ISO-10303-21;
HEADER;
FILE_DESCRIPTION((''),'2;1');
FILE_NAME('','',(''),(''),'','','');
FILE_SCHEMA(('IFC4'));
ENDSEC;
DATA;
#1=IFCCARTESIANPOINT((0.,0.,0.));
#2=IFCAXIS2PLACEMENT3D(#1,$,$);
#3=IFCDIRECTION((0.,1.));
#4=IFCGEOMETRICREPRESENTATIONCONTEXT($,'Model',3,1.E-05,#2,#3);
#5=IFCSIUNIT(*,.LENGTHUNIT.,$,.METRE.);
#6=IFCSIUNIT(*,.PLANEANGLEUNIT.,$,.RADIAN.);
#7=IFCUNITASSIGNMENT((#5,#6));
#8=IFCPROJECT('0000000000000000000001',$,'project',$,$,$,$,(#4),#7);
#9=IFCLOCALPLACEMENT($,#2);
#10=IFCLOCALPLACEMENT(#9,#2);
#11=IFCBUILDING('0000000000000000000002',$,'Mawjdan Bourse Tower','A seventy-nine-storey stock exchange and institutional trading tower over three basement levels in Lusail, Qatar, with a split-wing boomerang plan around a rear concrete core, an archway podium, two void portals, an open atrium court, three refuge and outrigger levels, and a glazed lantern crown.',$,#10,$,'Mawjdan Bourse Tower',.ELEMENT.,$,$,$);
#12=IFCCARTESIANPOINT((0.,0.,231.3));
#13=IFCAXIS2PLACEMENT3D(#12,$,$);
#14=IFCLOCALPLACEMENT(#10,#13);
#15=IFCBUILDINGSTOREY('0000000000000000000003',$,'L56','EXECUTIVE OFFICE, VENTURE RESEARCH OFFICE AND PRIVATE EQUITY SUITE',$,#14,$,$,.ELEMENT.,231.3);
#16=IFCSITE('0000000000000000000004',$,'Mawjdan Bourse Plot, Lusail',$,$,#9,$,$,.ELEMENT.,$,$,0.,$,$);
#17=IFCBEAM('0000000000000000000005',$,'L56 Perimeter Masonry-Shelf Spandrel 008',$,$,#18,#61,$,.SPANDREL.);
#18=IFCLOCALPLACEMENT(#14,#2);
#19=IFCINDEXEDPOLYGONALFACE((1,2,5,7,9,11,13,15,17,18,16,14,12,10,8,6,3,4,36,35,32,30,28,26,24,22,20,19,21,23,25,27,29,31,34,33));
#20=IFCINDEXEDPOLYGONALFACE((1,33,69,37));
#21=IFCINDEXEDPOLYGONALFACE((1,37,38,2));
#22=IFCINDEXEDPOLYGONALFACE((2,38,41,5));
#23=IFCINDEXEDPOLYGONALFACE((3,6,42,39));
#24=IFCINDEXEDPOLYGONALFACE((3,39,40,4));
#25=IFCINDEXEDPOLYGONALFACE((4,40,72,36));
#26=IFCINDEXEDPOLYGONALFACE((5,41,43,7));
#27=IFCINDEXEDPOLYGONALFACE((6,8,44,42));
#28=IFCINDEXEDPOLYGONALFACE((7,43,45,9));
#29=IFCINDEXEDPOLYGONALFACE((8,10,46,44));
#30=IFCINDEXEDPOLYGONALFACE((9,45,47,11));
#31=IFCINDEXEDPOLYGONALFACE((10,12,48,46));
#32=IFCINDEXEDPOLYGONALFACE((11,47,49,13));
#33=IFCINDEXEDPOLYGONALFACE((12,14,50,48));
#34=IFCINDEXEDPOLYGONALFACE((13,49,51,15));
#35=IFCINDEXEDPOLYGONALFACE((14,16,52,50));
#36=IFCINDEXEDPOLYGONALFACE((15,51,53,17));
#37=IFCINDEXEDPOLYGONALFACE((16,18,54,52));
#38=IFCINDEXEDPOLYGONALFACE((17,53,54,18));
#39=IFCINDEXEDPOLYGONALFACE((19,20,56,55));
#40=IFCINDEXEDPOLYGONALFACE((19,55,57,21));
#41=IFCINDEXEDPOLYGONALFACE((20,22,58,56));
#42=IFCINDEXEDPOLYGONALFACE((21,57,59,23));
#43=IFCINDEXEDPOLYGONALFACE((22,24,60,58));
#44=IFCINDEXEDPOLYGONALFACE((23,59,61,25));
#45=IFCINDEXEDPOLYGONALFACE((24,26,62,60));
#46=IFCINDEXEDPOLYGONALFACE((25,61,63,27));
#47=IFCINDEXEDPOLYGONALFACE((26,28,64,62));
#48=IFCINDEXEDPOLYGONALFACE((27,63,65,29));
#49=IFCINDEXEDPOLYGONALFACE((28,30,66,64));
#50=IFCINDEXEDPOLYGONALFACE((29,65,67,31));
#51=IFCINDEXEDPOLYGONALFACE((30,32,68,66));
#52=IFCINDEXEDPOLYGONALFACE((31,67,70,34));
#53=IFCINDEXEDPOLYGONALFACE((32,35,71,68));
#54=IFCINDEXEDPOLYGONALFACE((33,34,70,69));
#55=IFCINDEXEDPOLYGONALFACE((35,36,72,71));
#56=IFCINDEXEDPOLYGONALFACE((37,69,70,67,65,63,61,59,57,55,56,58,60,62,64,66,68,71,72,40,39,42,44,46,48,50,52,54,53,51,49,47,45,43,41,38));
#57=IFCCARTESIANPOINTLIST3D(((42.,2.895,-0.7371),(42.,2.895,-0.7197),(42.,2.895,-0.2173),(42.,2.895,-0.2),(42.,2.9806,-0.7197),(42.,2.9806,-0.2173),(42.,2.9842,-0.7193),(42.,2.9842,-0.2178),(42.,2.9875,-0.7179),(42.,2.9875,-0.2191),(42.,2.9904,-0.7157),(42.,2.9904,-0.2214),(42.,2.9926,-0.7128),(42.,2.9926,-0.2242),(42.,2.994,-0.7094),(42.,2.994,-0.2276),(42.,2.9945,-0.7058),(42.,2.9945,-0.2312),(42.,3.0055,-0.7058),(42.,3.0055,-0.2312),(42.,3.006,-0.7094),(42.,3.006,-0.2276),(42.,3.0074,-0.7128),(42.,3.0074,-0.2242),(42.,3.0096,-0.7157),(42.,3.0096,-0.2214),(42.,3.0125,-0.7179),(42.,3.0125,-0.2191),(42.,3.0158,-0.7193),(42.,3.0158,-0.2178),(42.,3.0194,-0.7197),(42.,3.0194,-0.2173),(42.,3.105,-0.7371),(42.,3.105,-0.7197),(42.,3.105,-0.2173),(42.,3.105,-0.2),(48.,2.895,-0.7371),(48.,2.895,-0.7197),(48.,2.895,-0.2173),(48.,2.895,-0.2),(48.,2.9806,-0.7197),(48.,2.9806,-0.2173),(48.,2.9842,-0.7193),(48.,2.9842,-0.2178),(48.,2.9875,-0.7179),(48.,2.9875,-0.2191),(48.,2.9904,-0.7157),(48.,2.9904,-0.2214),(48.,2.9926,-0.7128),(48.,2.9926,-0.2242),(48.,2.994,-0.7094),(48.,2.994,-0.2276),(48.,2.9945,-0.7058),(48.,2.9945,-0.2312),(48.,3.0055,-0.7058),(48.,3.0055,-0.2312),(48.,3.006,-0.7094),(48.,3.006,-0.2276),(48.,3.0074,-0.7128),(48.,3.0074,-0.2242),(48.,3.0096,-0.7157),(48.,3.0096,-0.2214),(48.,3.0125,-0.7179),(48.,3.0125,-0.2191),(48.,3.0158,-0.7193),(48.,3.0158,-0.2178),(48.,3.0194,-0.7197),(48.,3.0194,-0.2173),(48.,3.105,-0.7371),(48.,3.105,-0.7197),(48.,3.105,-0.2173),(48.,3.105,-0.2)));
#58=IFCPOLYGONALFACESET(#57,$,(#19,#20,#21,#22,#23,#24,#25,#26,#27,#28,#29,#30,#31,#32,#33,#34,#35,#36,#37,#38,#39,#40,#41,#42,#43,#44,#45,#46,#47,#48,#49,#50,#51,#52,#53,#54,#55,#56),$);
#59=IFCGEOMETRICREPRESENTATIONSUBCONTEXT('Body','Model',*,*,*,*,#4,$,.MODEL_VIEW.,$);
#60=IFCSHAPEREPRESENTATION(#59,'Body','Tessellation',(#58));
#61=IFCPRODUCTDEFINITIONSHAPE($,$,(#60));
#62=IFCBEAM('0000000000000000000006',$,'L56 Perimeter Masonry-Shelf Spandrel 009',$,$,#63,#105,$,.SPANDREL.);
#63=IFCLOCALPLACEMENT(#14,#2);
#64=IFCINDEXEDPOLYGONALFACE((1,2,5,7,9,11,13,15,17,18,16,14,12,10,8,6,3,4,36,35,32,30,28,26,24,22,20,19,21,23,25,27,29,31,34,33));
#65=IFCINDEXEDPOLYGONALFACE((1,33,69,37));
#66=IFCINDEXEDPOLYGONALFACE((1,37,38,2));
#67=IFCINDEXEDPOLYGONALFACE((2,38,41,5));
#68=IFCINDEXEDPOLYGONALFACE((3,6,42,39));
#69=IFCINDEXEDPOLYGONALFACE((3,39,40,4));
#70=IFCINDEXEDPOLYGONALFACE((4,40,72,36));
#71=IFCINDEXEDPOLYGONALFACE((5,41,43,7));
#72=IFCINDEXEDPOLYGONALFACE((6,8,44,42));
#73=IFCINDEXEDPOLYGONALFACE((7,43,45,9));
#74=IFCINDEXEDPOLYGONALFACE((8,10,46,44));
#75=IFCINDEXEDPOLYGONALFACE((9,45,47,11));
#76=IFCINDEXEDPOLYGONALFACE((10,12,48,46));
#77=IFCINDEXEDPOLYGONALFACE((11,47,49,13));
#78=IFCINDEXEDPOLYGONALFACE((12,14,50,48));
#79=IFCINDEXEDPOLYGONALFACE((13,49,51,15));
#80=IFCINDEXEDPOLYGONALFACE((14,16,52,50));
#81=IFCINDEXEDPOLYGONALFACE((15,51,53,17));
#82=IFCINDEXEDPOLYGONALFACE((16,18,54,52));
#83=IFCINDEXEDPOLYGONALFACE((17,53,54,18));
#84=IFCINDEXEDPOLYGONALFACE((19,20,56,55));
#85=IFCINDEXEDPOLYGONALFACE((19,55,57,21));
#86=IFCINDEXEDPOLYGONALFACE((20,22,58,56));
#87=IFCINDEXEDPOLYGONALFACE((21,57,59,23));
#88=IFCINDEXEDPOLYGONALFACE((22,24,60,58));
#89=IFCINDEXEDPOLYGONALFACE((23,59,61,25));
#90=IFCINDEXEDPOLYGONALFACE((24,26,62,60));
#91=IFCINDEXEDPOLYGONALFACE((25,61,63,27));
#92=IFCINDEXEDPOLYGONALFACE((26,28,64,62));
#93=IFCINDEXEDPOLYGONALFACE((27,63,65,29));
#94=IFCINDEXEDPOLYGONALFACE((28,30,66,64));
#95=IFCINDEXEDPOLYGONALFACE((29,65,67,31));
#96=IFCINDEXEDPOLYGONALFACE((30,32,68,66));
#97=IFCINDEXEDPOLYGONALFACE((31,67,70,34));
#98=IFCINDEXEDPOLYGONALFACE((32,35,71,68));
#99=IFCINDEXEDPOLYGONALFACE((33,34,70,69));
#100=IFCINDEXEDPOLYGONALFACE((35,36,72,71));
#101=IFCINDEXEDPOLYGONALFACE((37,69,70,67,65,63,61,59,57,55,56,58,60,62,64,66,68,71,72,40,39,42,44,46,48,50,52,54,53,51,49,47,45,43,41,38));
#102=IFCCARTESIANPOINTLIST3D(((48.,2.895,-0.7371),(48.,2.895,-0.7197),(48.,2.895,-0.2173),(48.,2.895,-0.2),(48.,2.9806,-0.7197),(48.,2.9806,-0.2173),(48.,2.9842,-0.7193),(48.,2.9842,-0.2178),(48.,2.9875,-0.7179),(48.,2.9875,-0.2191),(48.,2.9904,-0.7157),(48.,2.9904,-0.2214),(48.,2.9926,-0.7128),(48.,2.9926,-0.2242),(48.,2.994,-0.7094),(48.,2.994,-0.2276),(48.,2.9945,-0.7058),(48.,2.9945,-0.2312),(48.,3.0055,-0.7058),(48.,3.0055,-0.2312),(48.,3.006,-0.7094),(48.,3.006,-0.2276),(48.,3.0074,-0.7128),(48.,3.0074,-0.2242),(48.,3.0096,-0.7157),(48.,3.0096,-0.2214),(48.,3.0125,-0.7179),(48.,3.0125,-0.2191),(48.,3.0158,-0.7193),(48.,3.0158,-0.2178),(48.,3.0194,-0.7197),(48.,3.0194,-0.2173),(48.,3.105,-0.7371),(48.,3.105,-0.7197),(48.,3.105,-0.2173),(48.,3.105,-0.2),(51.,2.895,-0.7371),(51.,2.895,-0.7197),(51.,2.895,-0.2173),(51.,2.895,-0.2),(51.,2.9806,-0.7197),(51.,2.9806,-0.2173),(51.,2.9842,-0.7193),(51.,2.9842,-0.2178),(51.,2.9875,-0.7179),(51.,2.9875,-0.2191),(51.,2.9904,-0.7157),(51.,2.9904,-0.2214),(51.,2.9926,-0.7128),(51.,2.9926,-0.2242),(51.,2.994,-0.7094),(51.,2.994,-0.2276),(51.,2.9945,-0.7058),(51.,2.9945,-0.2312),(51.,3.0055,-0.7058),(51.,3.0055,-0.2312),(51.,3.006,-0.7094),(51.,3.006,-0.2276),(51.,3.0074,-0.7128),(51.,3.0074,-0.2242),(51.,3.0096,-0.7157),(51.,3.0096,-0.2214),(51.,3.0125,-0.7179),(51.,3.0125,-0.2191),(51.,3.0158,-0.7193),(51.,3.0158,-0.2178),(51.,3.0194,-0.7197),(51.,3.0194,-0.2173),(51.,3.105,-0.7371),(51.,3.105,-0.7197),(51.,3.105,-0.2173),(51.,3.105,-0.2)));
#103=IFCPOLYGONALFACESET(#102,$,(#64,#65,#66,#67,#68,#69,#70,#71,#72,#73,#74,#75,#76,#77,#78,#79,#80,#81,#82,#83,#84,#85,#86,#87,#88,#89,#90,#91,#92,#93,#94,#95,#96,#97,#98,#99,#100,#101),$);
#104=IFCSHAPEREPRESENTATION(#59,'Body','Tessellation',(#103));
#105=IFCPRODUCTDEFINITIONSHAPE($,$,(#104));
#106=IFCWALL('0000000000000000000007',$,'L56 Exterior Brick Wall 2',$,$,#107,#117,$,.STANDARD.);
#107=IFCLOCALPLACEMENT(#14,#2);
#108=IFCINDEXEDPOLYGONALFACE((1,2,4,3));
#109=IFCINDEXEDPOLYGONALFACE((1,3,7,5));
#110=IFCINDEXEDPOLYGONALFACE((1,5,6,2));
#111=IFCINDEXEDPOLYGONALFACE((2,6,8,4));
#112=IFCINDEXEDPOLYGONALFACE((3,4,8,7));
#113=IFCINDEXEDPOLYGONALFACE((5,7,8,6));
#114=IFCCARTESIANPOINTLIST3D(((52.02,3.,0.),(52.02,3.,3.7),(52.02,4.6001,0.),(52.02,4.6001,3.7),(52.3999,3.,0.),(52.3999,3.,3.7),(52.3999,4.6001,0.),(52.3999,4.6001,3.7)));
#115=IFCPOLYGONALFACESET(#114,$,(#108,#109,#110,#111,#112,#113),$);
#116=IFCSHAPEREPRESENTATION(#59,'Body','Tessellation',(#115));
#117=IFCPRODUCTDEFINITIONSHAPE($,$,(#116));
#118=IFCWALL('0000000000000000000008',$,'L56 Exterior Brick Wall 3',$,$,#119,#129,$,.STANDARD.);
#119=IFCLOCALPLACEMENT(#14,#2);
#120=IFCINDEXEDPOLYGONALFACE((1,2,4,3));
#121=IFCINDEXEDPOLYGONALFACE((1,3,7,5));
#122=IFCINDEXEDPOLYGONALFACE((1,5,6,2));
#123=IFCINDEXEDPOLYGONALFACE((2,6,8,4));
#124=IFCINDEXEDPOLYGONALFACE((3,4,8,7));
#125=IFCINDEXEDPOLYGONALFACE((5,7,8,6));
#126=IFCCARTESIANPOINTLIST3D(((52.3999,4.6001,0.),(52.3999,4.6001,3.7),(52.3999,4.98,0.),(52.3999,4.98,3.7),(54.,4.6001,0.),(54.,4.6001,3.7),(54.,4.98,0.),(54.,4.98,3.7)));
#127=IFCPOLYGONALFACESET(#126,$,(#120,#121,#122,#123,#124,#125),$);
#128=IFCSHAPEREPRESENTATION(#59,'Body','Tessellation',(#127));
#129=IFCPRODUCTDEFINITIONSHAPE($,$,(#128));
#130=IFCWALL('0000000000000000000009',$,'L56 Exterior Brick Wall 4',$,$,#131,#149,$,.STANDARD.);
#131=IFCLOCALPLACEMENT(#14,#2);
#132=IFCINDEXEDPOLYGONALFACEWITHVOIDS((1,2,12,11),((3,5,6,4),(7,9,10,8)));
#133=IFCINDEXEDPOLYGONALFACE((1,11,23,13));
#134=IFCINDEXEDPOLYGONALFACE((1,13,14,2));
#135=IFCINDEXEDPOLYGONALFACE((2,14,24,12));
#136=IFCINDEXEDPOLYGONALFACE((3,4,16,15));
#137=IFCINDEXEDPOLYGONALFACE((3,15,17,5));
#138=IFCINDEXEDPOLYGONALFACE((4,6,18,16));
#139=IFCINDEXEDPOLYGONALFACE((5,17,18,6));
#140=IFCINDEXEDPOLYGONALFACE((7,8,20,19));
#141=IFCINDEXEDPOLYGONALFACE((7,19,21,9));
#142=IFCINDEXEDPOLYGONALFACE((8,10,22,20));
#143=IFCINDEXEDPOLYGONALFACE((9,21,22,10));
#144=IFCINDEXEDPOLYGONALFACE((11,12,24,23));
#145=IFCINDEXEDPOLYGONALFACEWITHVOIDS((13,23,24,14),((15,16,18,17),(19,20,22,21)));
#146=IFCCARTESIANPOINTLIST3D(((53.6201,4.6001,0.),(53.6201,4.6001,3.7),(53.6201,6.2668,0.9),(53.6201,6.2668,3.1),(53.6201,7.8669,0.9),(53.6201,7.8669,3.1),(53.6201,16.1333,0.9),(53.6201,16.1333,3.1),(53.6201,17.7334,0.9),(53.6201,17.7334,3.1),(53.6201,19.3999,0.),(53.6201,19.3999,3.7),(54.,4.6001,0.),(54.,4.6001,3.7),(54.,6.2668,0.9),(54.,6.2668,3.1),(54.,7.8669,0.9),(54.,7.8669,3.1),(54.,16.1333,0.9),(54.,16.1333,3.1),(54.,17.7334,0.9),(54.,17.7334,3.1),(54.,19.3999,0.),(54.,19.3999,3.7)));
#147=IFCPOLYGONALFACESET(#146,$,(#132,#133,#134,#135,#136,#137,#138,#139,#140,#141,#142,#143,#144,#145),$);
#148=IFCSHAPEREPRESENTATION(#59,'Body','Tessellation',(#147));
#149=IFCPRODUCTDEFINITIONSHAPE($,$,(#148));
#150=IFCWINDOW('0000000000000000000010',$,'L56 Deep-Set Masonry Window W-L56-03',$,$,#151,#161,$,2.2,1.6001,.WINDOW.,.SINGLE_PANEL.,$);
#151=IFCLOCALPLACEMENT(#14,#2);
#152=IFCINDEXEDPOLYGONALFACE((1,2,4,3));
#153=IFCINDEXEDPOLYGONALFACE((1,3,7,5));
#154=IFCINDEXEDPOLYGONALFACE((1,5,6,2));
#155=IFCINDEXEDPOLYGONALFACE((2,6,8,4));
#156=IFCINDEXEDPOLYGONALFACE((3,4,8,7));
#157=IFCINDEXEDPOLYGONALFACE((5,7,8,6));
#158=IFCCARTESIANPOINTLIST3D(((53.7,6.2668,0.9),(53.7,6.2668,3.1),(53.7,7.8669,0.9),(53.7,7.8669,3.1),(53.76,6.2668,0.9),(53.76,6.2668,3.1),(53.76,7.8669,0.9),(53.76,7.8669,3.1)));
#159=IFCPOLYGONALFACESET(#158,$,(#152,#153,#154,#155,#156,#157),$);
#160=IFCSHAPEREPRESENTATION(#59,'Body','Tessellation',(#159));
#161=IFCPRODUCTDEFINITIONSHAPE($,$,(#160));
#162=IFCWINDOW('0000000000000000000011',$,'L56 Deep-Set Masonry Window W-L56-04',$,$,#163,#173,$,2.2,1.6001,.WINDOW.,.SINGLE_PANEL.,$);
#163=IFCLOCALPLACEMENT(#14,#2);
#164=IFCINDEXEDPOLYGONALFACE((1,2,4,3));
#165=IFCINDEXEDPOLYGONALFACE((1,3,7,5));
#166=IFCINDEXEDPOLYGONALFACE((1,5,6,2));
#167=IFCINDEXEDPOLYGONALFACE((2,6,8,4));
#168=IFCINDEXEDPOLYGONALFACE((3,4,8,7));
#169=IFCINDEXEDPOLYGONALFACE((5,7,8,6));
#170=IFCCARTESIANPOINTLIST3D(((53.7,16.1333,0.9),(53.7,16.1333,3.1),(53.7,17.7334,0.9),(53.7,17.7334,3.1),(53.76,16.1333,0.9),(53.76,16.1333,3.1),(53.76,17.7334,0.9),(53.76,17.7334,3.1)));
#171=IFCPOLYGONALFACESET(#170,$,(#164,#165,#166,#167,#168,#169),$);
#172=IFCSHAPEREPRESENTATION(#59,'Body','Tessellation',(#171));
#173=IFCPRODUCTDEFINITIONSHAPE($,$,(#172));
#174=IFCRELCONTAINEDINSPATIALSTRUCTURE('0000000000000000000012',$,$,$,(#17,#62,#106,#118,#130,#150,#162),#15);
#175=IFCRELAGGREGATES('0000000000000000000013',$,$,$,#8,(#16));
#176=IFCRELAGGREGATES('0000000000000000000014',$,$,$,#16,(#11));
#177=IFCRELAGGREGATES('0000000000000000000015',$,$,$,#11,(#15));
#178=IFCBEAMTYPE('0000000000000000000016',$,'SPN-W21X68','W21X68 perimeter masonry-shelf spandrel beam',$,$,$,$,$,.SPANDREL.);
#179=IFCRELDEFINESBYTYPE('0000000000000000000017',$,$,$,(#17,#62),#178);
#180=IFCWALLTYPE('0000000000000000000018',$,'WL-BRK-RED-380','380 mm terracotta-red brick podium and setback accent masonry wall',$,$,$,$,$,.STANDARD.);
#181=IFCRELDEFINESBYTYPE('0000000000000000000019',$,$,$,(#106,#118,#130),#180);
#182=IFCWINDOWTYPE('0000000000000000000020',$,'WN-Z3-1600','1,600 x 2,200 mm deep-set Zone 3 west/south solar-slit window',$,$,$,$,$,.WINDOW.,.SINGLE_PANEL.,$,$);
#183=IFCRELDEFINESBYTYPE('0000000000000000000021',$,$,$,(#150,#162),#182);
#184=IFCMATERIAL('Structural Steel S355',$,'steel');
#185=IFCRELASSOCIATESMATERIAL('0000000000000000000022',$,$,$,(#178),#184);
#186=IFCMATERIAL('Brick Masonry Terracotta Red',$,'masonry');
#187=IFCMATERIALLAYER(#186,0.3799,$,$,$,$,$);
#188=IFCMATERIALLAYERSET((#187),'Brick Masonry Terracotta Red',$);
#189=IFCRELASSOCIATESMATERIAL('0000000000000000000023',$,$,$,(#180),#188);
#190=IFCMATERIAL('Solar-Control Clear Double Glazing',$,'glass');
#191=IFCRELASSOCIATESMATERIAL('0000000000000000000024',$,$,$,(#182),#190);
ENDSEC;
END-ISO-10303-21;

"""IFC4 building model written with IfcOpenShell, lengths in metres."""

from ifc_helpers import new_model, si_unit, direction, frame, frame_2d, origin, origin_2d, place, context, subcontext, project, spatial, rectangle, i_section, extrude, material, layer, layer_set, material_profile, profile_set, type_object, element, fill, save


model = new_model("IFC4")

# Units and contexts
model_context = context("Model", 3, precision=1e-05, world=origin(), true_north=direction((0.0, 1.0)))
body_context = subcontext(model_context, "Body", "Model", "MODEL_VIEW")
ifc_project = project(units=[si_unit("LENGTHUNIT", "METRE"), si_unit("PLANEANGLEUNIT", "RADIAN")], contexts=[model_context])

# Site, building, storey
site_placement = place(None, origin())
site = spatial("IfcSite", under=ifc_project, at=site_placement, Name="Mawjdan Bourse Plot, Lusail", CompositionType="ELEMENT", RefElevation=0.0)
building_placement = place(site_placement, origin())
building = spatial("IfcBuilding", under=site, at=building_placement, Name="Mawjdan Bourse Tower", Description="A seventy-nine-storey stock exchange and institutional trading tower over three basement levels in Lusail, Qatar, with a split-wing boomerang plan around a rear concrete core, an archway podium, two void portals, an open atrium court, three refuge and outrigger levels, and a glazed lantern crown.", LongName="Mawjdan Bourse Tower", CompositionType="ELEMENT")
storey_placement = place(building_placement, frame((0.0, 0.0, 231.3)))
storey = spatial("IfcBuildingStorey", under=building, at=storey_placement, Name="L56", Description="EXECUTIVE OFFICE, VENTURE RESEARCH OFFICE AND PRIVATE EQUITY SUITE", CompositionType="ELEMENT", Elevation=231.3)

# Beams
ifc_material_1 = material(Name="Structural Steel S355", Category="steel")
ifc_material_profile_1 = material_profile(ifc_material_1, i_section(OverallWidth=0.21, OverallDepth=0.5371, WebThickness=0.011, FlangeThickness=0.0173, FilletRadius=0.0139, at=origin_2d()), Name="W21X68")
ifc_profile_set_1 = profile_set([ifc_material_profile_1], Name="Structural Steel S355")
beam_type_1 = type_object("IfcBeamType", Name="SPN-W21X68", Description="W21X68 perimeter masonry-shelf spandrel beam", PredefinedType="SPANDREL", material=ifc_profile_set_1)
beam_1_placement = place(storey_placement, frame((42.0, 3.0, -0.4685), z_axis=(1.0, 0.0, 0.0), x_axis=(0.0, 1.0, 0.0)))
element("IfcBeam", 1, at=beam_1_placement, inside=storey, type_object=beam_type_1, Name="L56 Perimeter Masonry-Shelf Spandrel 008", PredefinedType="SPANDREL", context=body_context, shape_type="SweptSolid", body=[
    extrude(i_section(OverallWidth=0.21, OverallDepth=0.5371, WebThickness=0.011, FlangeThickness=0.0173, FilletRadius=0.0139, at=origin_2d()), origin(), (0.0, 0.0, 1.0), 6.0),
])
beam_2_placement = place(storey_placement, frame((48.0, 3.0, -0.4685), z_axis=(1.0, 0.0, 0.0), x_axis=(0.0, 1.0, 0.0)))
element("IfcBeam", 2, at=beam_2_placement, inside=storey, type_object=beam_type_1, Name="L56 Perimeter Masonry-Shelf Spandrel 009", PredefinedType="SPANDREL", context=body_context, shape_type="SweptSolid", body=[
    extrude(i_section(OverallWidth=0.21, OverallDepth=0.5371, WebThickness=0.011, FlangeThickness=0.0173, FilletRadius=0.0139, at=origin_2d()), origin(), (0.0, 0.0, 1.0), 3.0),
])

# Walls
ifc_material_2 = material(Name="Brick Masonry Terracotta Red", Category="masonry")
ifc_layer_1 = layer(ifc_material_2, 0.3799)
ifc_layer_set_1 = layer_set([ifc_layer_1], Name="Brick Masonry Terracotta Red")
wall_type_1 = type_object("IfcWallType", Name="WL-BRK-RED-380", Description="380 mm terracotta-red brick podium and setback accent masonry wall", PredefinedType="STANDARD", material=ifc_layer_set_1)
for number, where, z_axis, x_axis, name in (
    (3, (52.21, 3.0, 0.0), (0.0, 0.0, 1.0), (0.0, 1.0, 0.0), "L56 Exterior Brick Wall 2"),
    (4, (52.3999, 4.79, 0.0), (0.0, 0.0, 1.0), (1.0, 0.0, 0.0), "L56 Exterior Brick Wall 3"),
):
    element("IfcWall", number, at=place(storey_placement, frame(where, z_axis=z_axis, x_axis=x_axis)), inside=storey, type_object=wall_type_1, Name=name, PredefinedType="STANDARD", context=body_context, shape_type="SweptSolid", body=[
        extrude(rectangle(XDim=1.6001, YDim=0.3799, at=frame_2d((0.8, 0.0))), origin(), (0.0, 0.0, 1.0), 3.7),
    ])

# Wall, openings, windows
wall_1_placement = place(storey_placement, frame((53.8101, 4.6001, 0.0), z_axis=(0.0, 0.0, 1.0), x_axis=(0.0, 1.0, 0.0)))
wall_1 = element("IfcWall", 5, at=wall_1_placement, inside=storey, type_object=wall_type_1, Name="L56 Exterior Brick Wall 4", PredefinedType="STANDARD", context=body_context, shape_type="SweptSolid", body=[
    extrude(rectangle(XDim=14.7998, YDim=0.3799, at=frame_2d((7.3999, 0.0))), origin(), (0.0, 0.0, 1.0), 3.7),
])
opening_1_placement = place(wall_1_placement, frame((1.6667, 0.0, 0.8999)))
opening_1 = element("IfcOpeningElement", 6, at=opening_1_placement, cuts=wall_1, PredefinedType="OPENING", context=body_context, shape_type="SweptSolid", body=[
    extrude(rectangle(XDim=1.6001, YDim=2.2, at=frame_2d((0.8, 1.1001))), frame((0.0, 0.2, 0.0), z_axis=(0.0, -1.0, 0.0), x_axis=(1.0, 0.0, 0.0)), (0.0, 0.0, 1.0), 0.3999),
])
opening_2_placement = place(wall_1_placement, frame((11.5332, 0.0, 0.8999)))
opening_2 = element("IfcOpeningElement", 7, at=opening_2_placement, cuts=wall_1, PredefinedType="OPENING", context=body_context, shape_type="SweptSolid", body=[
    extrude(rectangle(XDim=1.6001, YDim=2.2, at=frame_2d((0.8, 1.1001))), frame((0.0, 0.2, 0.0), z_axis=(0.0, -1.0, 0.0), x_axis=(1.0, 0.0, 0.0)), (0.0, 0.0, 1.0), 0.3999),
])
ifc_material_3 = material(Name="Solar-Control Clear Double Glazing", Category="glass")
window_type = type_object("IfcWindowType", Name="WN-Z3-1600", Description="1,600 x 2,200 mm deep-set Zone 3 west/south solar-slit window", PartitioningType="SINGLE_PANEL", PredefinedType="WINDOW", material=ifc_material_3)
window_1_placement = place(opening_1_placement, origin())
window_1 = element("IfcWindow", 8, at=window_1_placement, inside=storey, type_object=window_type, Name="L56 Deep-Set Masonry Window W-L56-03", OverallHeight=2.2, OverallWidth=1.6001, PartitioningType="SINGLE_PANEL", PredefinedType="WINDOW", context=body_context, shape_type="SweptSolid", body=[
    extrude(rectangle(XDim=1.6001, YDim=2.2, at=frame_2d((0.8, 1.1001))), frame((0.0, 0.1101, 0.0), z_axis=(0.0, -1.0, 0.0), x_axis=(1.0, 0.0, 0.0)), (0.0, 0.0, 1.0), 0.0601),
])
fill(opening_1, window_1)
window_2_placement = place(opening_2_placement, origin())
window_2 = element("IfcWindow", 9, at=window_2_placement, inside=storey, type_object=window_type, Name="L56 Deep-Set Masonry Window W-L56-04", OverallHeight=2.2, OverallWidth=1.6001, PartitioningType="SINGLE_PANEL", PredefinedType="WINDOW", context=body_context, shape_type="SweptSolid", body=[
    extrude(rectangle(XDim=1.6001, YDim=2.2, at=frame_2d((0.8, 1.1001))), frame((0.0, 0.1101, 0.0), z_axis=(0.0, -1.0, 0.0), x_axis=(1.0, 0.0, 0.0)), (0.0, 0.0, 1.0), 0.0601),
])
fill(opening_2, window_2)

save(model, "model.ifc")
